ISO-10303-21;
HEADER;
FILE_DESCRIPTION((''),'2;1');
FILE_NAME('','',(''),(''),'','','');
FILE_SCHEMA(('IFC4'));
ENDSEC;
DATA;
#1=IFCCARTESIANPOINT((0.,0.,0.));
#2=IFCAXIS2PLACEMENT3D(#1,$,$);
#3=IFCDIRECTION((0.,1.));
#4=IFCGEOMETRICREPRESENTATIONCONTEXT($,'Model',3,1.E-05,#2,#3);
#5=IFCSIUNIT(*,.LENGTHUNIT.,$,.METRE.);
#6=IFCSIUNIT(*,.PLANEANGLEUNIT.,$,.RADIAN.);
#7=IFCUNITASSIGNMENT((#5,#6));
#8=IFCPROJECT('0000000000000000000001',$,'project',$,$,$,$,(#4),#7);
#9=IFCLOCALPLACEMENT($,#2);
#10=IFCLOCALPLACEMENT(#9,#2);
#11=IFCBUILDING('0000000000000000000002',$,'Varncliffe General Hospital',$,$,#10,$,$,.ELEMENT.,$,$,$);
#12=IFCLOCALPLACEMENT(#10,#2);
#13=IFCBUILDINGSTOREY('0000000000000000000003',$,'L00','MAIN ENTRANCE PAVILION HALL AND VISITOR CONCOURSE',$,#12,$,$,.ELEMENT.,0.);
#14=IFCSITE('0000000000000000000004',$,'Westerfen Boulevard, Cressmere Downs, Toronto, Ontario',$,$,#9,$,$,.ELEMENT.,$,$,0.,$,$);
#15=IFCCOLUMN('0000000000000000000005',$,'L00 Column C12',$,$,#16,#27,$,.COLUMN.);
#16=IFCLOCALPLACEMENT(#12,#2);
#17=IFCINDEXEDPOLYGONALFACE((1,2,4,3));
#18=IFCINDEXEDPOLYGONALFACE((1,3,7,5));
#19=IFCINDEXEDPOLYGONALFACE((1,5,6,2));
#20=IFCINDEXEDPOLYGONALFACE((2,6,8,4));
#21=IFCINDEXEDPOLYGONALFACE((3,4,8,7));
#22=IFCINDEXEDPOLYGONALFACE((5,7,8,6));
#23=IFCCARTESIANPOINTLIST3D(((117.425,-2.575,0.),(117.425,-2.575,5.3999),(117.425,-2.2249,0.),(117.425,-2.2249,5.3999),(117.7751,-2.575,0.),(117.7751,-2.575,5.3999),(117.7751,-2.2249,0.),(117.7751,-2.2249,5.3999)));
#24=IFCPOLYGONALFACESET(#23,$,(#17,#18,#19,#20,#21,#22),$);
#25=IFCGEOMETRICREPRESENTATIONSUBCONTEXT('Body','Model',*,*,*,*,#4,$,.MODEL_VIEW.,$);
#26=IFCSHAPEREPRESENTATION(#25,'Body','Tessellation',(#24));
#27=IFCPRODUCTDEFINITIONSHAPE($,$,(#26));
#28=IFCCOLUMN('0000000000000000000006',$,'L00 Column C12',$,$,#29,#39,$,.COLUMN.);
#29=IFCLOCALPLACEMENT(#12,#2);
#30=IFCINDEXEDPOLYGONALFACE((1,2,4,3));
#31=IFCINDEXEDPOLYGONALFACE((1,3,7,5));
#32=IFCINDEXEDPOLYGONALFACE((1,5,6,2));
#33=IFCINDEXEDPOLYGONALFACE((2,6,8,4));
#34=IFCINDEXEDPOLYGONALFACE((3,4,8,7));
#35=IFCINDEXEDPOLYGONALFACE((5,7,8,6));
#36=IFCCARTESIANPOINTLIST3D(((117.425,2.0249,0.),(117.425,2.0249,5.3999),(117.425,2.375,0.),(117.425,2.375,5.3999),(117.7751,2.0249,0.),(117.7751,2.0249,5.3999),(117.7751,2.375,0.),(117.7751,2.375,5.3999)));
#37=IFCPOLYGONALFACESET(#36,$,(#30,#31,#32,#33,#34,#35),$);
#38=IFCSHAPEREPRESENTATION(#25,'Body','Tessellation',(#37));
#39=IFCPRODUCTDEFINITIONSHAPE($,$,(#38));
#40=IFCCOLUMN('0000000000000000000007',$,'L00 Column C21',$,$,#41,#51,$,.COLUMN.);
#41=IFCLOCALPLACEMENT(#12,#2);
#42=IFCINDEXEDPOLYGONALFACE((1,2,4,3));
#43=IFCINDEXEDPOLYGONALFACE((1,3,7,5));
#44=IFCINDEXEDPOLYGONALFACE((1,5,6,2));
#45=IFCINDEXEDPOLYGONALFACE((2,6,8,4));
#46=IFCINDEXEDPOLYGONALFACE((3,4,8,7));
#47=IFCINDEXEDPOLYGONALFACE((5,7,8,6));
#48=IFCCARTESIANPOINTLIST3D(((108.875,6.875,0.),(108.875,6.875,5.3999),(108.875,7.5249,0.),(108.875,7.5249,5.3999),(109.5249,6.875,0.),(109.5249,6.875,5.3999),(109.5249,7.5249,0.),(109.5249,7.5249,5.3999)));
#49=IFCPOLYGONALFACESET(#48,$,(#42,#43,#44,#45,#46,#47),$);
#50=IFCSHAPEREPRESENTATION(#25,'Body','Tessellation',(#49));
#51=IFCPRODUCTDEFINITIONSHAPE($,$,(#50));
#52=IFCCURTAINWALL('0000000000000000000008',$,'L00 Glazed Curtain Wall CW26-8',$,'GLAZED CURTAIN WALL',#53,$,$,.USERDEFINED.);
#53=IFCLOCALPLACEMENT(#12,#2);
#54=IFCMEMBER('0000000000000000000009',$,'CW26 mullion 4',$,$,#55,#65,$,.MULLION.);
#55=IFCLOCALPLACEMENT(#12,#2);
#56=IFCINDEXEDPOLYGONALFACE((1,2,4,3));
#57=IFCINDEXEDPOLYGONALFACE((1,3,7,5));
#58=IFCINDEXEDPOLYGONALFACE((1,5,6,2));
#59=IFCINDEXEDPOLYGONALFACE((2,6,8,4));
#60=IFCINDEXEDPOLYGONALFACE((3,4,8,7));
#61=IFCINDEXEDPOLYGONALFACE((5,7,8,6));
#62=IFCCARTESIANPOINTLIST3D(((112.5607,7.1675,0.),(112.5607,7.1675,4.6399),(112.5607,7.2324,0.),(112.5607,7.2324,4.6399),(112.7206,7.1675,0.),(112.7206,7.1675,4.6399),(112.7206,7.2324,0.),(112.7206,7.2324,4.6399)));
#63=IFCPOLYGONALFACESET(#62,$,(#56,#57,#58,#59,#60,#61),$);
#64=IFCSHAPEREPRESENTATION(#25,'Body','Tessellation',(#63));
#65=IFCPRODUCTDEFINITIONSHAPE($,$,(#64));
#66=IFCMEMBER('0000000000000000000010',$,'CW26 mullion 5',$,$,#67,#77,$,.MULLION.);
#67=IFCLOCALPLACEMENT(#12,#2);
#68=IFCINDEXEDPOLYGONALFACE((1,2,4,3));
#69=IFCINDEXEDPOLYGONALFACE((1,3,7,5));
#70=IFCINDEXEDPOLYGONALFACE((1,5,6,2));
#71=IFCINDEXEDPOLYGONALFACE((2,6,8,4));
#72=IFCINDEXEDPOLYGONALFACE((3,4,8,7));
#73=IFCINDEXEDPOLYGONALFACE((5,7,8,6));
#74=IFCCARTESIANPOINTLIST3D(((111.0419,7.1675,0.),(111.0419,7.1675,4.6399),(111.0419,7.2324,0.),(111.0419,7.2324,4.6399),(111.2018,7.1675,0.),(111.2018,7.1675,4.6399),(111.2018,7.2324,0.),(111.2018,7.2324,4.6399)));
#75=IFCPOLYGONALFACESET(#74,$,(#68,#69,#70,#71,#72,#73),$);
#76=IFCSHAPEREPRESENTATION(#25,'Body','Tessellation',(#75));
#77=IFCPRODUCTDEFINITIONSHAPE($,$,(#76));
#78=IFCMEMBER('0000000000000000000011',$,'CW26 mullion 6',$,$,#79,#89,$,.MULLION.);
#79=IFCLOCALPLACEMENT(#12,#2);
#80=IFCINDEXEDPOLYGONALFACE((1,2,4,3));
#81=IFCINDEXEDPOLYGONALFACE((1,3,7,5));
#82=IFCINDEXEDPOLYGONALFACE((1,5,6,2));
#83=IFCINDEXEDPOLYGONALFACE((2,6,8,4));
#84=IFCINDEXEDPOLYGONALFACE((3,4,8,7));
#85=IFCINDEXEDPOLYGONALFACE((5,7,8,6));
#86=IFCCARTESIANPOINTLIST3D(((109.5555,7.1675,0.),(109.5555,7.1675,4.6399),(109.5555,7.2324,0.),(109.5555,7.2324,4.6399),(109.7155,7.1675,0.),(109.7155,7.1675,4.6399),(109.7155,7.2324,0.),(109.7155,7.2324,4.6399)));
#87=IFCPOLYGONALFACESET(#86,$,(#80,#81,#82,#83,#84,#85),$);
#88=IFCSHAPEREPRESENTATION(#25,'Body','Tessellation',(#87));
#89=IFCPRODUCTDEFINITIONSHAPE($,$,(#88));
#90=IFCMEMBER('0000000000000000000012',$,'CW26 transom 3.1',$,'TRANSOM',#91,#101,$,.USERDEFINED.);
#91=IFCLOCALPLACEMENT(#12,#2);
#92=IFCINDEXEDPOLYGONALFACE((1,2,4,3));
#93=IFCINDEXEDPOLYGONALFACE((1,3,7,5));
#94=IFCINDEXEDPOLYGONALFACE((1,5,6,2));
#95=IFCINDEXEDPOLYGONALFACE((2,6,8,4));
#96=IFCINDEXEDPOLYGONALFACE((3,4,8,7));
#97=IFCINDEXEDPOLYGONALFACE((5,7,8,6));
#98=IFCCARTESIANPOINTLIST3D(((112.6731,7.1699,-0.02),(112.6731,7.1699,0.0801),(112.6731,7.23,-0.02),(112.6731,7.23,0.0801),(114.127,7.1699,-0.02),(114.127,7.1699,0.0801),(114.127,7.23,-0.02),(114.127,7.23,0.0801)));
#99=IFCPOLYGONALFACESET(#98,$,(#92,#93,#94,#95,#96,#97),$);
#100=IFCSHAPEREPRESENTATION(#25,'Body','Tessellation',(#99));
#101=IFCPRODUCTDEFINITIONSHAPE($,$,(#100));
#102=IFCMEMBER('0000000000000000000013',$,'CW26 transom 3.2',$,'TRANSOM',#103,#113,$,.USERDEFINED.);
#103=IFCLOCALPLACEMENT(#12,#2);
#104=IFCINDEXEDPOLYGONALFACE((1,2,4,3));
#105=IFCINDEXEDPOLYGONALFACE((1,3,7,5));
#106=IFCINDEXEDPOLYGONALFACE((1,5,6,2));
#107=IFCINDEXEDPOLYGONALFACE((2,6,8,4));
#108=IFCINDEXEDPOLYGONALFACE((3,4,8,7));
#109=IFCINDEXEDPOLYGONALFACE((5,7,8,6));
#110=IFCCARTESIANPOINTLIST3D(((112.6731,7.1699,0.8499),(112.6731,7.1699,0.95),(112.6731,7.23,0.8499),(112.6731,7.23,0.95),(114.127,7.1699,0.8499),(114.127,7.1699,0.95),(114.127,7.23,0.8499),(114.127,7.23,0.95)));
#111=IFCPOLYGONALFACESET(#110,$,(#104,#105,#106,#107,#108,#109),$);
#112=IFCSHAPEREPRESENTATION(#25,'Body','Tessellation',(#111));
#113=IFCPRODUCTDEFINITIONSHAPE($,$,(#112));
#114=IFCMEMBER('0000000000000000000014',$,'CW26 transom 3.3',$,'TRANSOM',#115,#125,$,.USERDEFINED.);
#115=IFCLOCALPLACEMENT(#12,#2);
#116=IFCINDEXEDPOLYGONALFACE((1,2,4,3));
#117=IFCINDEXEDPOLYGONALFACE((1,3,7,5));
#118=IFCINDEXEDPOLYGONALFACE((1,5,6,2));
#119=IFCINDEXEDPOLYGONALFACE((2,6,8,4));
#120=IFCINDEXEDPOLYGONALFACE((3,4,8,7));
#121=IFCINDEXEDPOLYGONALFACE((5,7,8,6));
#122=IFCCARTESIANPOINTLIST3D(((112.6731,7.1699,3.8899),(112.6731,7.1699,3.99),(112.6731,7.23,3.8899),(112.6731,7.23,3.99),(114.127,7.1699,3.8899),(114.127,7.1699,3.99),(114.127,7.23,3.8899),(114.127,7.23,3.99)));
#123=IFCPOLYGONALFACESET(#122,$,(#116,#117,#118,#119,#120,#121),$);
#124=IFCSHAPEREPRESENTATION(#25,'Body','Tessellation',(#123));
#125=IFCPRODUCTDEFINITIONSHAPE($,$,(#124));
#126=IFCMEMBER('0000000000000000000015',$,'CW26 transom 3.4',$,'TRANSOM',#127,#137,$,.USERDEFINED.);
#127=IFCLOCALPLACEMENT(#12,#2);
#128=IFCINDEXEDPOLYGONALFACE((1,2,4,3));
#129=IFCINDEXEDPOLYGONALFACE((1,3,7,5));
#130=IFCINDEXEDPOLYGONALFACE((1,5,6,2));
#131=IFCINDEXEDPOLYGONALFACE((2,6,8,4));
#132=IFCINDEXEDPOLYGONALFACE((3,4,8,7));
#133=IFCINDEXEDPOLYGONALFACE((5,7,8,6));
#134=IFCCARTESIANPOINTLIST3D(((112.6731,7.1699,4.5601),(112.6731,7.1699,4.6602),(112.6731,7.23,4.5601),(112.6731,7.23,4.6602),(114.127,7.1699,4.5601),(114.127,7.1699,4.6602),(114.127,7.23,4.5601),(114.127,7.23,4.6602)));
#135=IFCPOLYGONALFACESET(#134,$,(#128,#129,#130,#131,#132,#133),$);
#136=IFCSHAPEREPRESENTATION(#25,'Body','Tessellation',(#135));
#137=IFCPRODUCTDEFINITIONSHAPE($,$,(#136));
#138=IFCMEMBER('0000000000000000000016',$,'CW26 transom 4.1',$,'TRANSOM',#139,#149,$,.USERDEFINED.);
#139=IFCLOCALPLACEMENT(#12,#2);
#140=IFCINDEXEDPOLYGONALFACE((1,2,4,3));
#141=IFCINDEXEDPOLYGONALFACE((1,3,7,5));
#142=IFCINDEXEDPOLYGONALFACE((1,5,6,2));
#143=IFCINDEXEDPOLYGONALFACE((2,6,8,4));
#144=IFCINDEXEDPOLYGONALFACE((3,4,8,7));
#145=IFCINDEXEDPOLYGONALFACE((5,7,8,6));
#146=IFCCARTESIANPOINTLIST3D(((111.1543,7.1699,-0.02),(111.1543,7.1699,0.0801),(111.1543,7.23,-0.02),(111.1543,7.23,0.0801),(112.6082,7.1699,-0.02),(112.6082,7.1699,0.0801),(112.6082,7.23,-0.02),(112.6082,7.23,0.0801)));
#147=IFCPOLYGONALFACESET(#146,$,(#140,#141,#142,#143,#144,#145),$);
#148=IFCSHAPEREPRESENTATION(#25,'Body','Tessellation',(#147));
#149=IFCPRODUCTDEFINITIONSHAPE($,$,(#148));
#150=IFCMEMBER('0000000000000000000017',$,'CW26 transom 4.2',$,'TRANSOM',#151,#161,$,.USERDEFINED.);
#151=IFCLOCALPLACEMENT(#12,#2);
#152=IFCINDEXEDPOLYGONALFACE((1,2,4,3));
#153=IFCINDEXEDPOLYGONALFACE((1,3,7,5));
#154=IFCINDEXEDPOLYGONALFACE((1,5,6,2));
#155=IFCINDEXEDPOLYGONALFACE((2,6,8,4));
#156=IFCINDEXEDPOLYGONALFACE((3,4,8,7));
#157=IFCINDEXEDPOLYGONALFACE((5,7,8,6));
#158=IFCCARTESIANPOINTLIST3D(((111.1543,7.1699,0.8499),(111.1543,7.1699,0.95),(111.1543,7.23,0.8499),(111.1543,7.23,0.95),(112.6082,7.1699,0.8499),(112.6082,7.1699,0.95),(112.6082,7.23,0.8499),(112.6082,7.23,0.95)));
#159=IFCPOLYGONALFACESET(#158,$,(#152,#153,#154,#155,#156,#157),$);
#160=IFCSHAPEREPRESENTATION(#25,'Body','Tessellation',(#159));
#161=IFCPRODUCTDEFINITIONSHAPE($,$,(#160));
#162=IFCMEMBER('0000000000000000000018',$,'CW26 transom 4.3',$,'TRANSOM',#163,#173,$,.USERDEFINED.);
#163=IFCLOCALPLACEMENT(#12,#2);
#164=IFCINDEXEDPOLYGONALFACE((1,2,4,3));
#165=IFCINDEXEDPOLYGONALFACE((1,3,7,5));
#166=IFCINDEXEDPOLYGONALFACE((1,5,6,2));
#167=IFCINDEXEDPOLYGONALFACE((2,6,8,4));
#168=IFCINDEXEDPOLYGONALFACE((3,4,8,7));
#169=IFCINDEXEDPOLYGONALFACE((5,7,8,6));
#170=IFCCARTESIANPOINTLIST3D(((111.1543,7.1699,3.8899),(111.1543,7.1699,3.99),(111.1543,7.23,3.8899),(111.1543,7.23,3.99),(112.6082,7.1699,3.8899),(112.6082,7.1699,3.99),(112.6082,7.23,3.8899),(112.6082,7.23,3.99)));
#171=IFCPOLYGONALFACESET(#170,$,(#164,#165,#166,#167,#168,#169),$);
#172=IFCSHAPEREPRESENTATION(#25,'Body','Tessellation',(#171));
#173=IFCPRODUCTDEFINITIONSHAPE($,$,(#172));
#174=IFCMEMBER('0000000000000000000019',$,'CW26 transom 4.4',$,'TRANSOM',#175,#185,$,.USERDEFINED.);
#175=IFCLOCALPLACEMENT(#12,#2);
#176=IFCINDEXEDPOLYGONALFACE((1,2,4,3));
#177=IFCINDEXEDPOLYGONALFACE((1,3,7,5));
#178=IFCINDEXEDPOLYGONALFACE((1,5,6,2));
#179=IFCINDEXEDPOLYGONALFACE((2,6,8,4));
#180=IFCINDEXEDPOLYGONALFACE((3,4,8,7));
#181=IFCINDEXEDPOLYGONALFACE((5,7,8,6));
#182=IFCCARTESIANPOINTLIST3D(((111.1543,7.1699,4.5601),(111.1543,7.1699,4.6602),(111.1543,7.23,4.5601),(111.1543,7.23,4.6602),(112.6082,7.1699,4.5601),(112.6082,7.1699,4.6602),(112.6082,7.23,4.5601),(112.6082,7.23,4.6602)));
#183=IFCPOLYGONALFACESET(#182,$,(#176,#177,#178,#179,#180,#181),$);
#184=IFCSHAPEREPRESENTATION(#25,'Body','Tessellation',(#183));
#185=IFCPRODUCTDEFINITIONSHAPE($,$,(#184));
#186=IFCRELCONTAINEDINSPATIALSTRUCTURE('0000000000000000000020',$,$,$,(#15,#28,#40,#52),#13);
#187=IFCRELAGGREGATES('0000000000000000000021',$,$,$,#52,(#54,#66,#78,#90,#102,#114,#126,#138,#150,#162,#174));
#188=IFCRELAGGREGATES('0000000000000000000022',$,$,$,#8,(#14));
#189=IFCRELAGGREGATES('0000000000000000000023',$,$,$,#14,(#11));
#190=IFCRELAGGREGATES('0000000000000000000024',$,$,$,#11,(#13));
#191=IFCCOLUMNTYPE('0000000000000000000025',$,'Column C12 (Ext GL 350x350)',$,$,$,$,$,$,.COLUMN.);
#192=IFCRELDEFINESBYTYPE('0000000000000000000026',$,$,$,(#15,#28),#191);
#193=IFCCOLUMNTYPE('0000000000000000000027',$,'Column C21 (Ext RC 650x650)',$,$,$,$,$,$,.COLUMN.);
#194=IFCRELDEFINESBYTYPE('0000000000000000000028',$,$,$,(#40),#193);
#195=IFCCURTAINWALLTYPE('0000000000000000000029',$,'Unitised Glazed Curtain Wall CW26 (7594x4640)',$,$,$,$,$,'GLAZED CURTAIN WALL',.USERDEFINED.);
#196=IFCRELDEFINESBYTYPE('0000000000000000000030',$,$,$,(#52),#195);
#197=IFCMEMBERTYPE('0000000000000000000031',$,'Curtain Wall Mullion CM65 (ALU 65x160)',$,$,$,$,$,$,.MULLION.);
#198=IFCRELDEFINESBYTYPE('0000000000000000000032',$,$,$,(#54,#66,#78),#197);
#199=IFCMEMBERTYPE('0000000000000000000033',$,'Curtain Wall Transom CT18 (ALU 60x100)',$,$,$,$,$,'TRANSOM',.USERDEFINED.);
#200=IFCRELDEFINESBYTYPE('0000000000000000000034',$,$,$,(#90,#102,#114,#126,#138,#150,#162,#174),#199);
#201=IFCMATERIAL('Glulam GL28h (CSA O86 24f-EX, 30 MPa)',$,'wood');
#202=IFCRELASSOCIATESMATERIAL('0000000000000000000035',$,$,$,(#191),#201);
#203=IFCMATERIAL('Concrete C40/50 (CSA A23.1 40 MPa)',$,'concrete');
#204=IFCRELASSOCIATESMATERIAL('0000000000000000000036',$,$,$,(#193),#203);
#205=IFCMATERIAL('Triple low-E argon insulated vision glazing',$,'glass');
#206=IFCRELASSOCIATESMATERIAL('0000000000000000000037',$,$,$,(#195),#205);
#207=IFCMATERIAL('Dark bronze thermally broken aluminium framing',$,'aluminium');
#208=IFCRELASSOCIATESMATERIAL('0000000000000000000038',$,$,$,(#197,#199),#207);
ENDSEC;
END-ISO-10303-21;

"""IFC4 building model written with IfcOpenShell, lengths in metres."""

from ifc_helpers import new_model, si_unit, direction, frame, origin, origin_2d, place, context, subcontext, project, spatial, rectangle, extrude, material, material_profile, profile_set, type_object, element, aggregate, save


model = new_model("IFC4")

# Units and contexts
model_context = context("Model", 3, precision=1e-05, world=origin(), true_north=direction((0.0, 1.0)))
body_context = subcontext(model_context, "Body", "Model", "MODEL_VIEW")
ifc_project = project(units=[si_unit("LENGTHUNIT", "METRE"), si_unit("PLANEANGLEUNIT", "RADIAN")], contexts=[model_context])

# Site, building, storey
site_placement = place(None, origin())
site = spatial("IfcSite", under=ifc_project, at=site_placement, Name="Westerfen Boulevard, Cressmere Downs, Toronto, Ontario", CompositionType="ELEMENT", RefElevation=0.0)
building_placement = place(site_placement, origin())
building = spatial("IfcBuilding", under=site, at=building_placement, Name="Varncliffe General Hospital", CompositionType="ELEMENT")
storey_placement = place(building_placement, origin())
storey = spatial("IfcBuildingStorey", under=building, at=storey_placement, Name="L00", Description="MAIN ENTRANCE PAVILION HALL AND VISITOR CONCOURSE", CompositionType="ELEMENT", Elevation=0.0)

# Columns
ifc_material_1 = material(Name="Glulam GL28h (CSA O86 24f-EX, 30 MPa)", Category="wood")
ifc_material_profile_1 = material_profile(ifc_material_1, rectangle(XDim=0.3501, YDim=0.3501, at=origin_2d()), Name="GL 350x350")
ifc_profile_set_1 = profile_set([ifc_material_profile_1], Name="Glulam GL28h (CSA O86 24f-EX, 30 MPa)")
column_type_1 = type_object("IfcColumnType", Name="Column C12 (Ext GL 350x350)", PredefinedType="COLUMN", material=ifc_profile_set_1)
for number, where, z_axis, x_axis, name in (
    (1, (117.6001, -2.3999, 0.0), (0.0, 0.0, 1.0), (1.0, 0.0, 0.0), "L00 Column C12"),
    (2, (117.6001, 2.2, 0.0), (0.0, 0.0, 1.0), (1.0, 0.0, 0.0), "L00 Column C12"),
):
    element("IfcColumn", number, at=place(storey_placement, frame(where, z_axis=z_axis, x_axis=x_axis)), inside=storey, type_object=column_type_1, Name=name, PredefinedType="COLUMN", context=body_context, shape_type="SweptSolid", body=[
        extrude(rectangle(XDim=0.3501, YDim=0.3501, at=origin_2d()), origin(), (0.0, 0.0, 1.0), 5.3999),
    ])
ifc_material_2 = material(Name="Concrete C40/50 (CSA A23.1 40 MPa)", Category="concrete")
ifc_material_profile_2 = material_profile(ifc_material_2, rectangle(XDim=0.6499, YDim=0.6499, at=origin_2d()), Name="RC 650x650")
ifc_profile_set_2 = profile_set([ifc_material_profile_2], Name="Concrete C40/50 (CSA A23.1 40 MPa)")
column_type_2 = type_object("IfcColumnType", Name="Column C21 (Ext RC 650x650)", PredefinedType="COLUMN", material=ifc_profile_set_2)
column_placement = place(storey_placement, frame((109.2, 7.2, 0.0), z_axis=(0.0, 0.0, 1.0), x_axis=(1.0, 0.0, 0.0)))
element("IfcColumn", 3, at=column_placement, inside=storey, type_object=column_type_2, Name="L00 Column C21", PredefinedType="COLUMN", context=body_context, shape_type="SweptSolid", body=[
    extrude(rectangle(XDim=0.6499, YDim=0.6499, at=origin_2d()), origin(), (0.0, 0.0, 1.0), 5.3999),
])

# Curtain wall, members
ifc_material_3 = material(Name="Triple low-E argon insulated vision glazing", Category="glass")
curtain_wall_type = type_object("IfcCurtainWallType", Name="Unitised Glazed Curtain Wall CW26 (7594x4640)", ElementType="GLAZED CURTAIN WALL", PredefinedType="USERDEFINED", material=ifc_material_3)
curtain_wall_placement = place(storey_placement, origin())
curtain_wall = element("IfcCurtainWall", 4, at=curtain_wall_placement, inside=storey, type_object=curtain_wall_type, Name="L00 Glazed Curtain Wall CW26-8", ObjectType="GLAZED CURTAIN WALL", PredefinedType="USERDEFINED")
ifc_material_4 = material(Name="Dark bronze thermally broken aluminium framing", Category="aluminium")
ifc_material_profile_3 = material_profile(ifc_material_4, rectangle(XDim=0.0649, YDim=0.1599, at=origin_2d()), Name="ALU 65x160")
ifc_profile_set_3 = profile_set([ifc_material_profile_3], Name="Dark bronze thermally broken aluminium framing")
member_type_1 = type_object("IfcMemberType", Name="Curtain Wall Mullion CM65 (ALU 65x160)", PredefinedType="MULLION", material=ifc_profile_set_3)
member_1_placement = place(storey_placement, frame((112.6406, 7.2, 0.0), z_axis=(0.0, 0.0, 1.0), x_axis=(0.0, -1.0, 0.0)))
member_1 = element("IfcMember", 5, at=member_1_placement, type_object=member_type_1, Name="CW26 mullion 4", PredefinedType="MULLION", context=body_context, shape_type="SweptSolid", body=[
    extrude(rectangle(XDim=0.0649, YDim=0.1599, at=origin_2d()), origin(), (0.0, 0.0, 1.0), 4.6399),
])
member_2_placement = place(storey_placement, frame((111.1218, 7.2, 0.0), z_axis=(0.0, 0.0, 1.0), x_axis=(0.0, -1.0, 0.0)))
member_2 = element("IfcMember", 6, at=member_2_placement, type_object=member_type_1, Name="CW26 mullion 5", PredefinedType="MULLION", context=body_context, shape_type="SweptSolid", body=[
    extrude(rectangle(XDim=0.0649, YDim=0.1599, at=origin_2d()), origin(), (0.0, 0.0, 1.0), 4.6399),
])
member_3_placement = place(storey_placement, frame((109.6355, 7.2, 0.0), z_axis=(0.0, 0.0, 1.0), x_axis=(0.0, -1.0, 0.0)))
member_3 = element("IfcMember", 7, at=member_3_placement, type_object=member_type_1, Name="CW26 mullion 6", PredefinedType="MULLION", context=body_context, shape_type="SweptSolid", body=[
    extrude(rectangle(XDim=0.0649, YDim=0.1599, at=origin_2d()), origin(), (0.0, 0.0, 1.0), 4.6399),
])
ifc_material_profile_4 = material_profile(ifc_material_4, rectangle(XDim=0.0601, YDim=0.1001, at=origin_2d()), Name="ALU 60x100")
ifc_profile_set_4 = profile_set([ifc_material_profile_4], Name="Dark bronze thermally broken aluminium framing")
member_type_2 = type_object("IfcMemberType", Name="Curtain Wall Transom CT18 (ALU 60x100)", ElementType="TRANSOM", PredefinedType="USERDEFINED", material=ifc_profile_set_4)
member_4_placement = place(storey_placement, frame((114.127, 7.2, 0.03), z_axis=(-1.0, 0.0, 0.0), x_axis=(0.0, -1.0, 0.0)))
member_4 = element("IfcMember", 8, at=member_4_placement, type_object=member_type_2, Name="CW26 transom 3.1", ObjectType="TRANSOM", PredefinedType="USERDEFINED", context=body_context, shape_type="SweptSolid", body=[
    extrude(rectangle(XDim=0.0601, YDim=0.1001, at=origin_2d()), origin(), (0.0, 0.0, 1.0), 1.4539),
])
member_5_placement = place(storey_placement, frame((114.127, 7.2, 0.8999), z_axis=(-1.0, 0.0, 0.0), x_axis=(0.0, -1.0, 0.0)))
member_5 = element("IfcMember", 9, at=member_5_placement, type_object=member_type_2, Name="CW26 transom 3.2", ObjectType="TRANSOM", PredefinedType="USERDEFINED", context=body_context, shape_type="SweptSolid", body=[
    extrude(rectangle(XDim=0.0601, YDim=0.1001, at=origin_2d()), origin(), (0.0, 0.0, 1.0), 1.4539),
])
member_6_placement = place(storey_placement, frame((114.127, 7.2, 3.9399), z_axis=(-1.0, 0.0, 0.0), x_axis=(0.0, -1.0, 0.0)))
member_6 = element("IfcMember", 10, at=member_6_placement, type_object=member_type_2, Name="CW26 transom 3.3", ObjectType="TRANSOM", PredefinedType="USERDEFINED", context=body_context, shape_type="SweptSolid", body=[
    extrude(rectangle(XDim=0.0601, YDim=0.1001, at=origin_2d()), origin(), (0.0, 0.0, 1.0), 1.4539),
])
member_7_placement = place(storey_placement, frame((114.127, 7.2, 4.6101), z_axis=(-1.0, 0.0, 0.0), x_axis=(0.0, -1.0, 0.0)))
member_7 = element("IfcMember", 11, at=member_7_placement, type_object=member_type_2, Name="CW26 transom 3.4", ObjectType="TRANSOM", PredefinedType="USERDEFINED", context=body_context, shape_type="SweptSolid", body=[
    extrude(rectangle(XDim=0.0601, YDim=0.1001, at=origin_2d()), origin(), (0.0, 0.0, 1.0), 1.4539),
])
member_8_placement = place(storey_placement, frame((112.6082, 7.2, 0.03), z_axis=(-1.0, 0.0, 0.0), x_axis=(0.0, -1.0, 0.0)))
member_8 = element("IfcMember", 12, at=member_8_placement, type_object=member_type_2, Name="CW26 transom 4.1", ObjectType="TRANSOM", PredefinedType="USERDEFINED", context=body_context, shape_type="SweptSolid", body=[
    extrude(rectangle(XDim=0.0601, YDim=0.1001, at=origin_2d()), origin(), (0.0, 0.0, 1.0), 1.4539),
])
member_9_placement = place(storey_placement, frame((112.6082, 7.2, 0.8999), z_axis=(-1.0, 0.0, 0.0), x_axis=(0.0, -1.0, 0.0)))
member_9 = element("IfcMember", 13, at=member_9_placement, type_object=member_type_2, Name="CW26 transom 4.2", ObjectType="TRANSOM", PredefinedType="USERDEFINED", context=body_context, shape_type="SweptSolid", body=[
    extrude(rectangle(XDim=0.0601, YDim=0.1001, at=origin_2d()), origin(), (0.0, 0.0, 1.0), 1.4539),
])
member_10_placement = place(storey_placement, frame((112.6082, 7.2, 3.9399), z_axis=(-1.0, 0.0, 0.0), x_axis=(0.0, -1.0, 0.0)))
member_10 = element("IfcMember", 14, at=member_10_placement, type_object=member_type_2, Name="CW26 transom 4.3", ObjectType="TRANSOM", PredefinedType="USERDEFINED", context=body_context, shape_type="SweptSolid", body=[
    extrude(rectangle(XDim=0.0601, YDim=0.1001, at=origin_2d()), origin(), (0.0, 0.0, 1.0), 1.4539),
])
member_11_placement = place(storey_placement, frame((112.6082, 7.2, 4.6101), z_axis=(-1.0, 0.0, 0.0), x_axis=(0.0, -1.0, 0.0)))
member_11 = element("IfcMember", 15, at=member_11_placement, type_object=member_type_2, Name="CW26 transom 4.4", ObjectType="TRANSOM", PredefinedType="USERDEFINED", context=body_context, shape_type="SweptSolid", body=[
    extrude(rectangle(XDim=0.0601, YDim=0.1001, at=origin_2d()), origin(), (0.0, 0.0, 1.0), 1.4539),
])

aggregate(curtain_wall, [member_1, member_2, member_3, member_4, member_5, member_6, member_7, member_8, member_9, member_10, member_11])

save(model, "model.ifc")
